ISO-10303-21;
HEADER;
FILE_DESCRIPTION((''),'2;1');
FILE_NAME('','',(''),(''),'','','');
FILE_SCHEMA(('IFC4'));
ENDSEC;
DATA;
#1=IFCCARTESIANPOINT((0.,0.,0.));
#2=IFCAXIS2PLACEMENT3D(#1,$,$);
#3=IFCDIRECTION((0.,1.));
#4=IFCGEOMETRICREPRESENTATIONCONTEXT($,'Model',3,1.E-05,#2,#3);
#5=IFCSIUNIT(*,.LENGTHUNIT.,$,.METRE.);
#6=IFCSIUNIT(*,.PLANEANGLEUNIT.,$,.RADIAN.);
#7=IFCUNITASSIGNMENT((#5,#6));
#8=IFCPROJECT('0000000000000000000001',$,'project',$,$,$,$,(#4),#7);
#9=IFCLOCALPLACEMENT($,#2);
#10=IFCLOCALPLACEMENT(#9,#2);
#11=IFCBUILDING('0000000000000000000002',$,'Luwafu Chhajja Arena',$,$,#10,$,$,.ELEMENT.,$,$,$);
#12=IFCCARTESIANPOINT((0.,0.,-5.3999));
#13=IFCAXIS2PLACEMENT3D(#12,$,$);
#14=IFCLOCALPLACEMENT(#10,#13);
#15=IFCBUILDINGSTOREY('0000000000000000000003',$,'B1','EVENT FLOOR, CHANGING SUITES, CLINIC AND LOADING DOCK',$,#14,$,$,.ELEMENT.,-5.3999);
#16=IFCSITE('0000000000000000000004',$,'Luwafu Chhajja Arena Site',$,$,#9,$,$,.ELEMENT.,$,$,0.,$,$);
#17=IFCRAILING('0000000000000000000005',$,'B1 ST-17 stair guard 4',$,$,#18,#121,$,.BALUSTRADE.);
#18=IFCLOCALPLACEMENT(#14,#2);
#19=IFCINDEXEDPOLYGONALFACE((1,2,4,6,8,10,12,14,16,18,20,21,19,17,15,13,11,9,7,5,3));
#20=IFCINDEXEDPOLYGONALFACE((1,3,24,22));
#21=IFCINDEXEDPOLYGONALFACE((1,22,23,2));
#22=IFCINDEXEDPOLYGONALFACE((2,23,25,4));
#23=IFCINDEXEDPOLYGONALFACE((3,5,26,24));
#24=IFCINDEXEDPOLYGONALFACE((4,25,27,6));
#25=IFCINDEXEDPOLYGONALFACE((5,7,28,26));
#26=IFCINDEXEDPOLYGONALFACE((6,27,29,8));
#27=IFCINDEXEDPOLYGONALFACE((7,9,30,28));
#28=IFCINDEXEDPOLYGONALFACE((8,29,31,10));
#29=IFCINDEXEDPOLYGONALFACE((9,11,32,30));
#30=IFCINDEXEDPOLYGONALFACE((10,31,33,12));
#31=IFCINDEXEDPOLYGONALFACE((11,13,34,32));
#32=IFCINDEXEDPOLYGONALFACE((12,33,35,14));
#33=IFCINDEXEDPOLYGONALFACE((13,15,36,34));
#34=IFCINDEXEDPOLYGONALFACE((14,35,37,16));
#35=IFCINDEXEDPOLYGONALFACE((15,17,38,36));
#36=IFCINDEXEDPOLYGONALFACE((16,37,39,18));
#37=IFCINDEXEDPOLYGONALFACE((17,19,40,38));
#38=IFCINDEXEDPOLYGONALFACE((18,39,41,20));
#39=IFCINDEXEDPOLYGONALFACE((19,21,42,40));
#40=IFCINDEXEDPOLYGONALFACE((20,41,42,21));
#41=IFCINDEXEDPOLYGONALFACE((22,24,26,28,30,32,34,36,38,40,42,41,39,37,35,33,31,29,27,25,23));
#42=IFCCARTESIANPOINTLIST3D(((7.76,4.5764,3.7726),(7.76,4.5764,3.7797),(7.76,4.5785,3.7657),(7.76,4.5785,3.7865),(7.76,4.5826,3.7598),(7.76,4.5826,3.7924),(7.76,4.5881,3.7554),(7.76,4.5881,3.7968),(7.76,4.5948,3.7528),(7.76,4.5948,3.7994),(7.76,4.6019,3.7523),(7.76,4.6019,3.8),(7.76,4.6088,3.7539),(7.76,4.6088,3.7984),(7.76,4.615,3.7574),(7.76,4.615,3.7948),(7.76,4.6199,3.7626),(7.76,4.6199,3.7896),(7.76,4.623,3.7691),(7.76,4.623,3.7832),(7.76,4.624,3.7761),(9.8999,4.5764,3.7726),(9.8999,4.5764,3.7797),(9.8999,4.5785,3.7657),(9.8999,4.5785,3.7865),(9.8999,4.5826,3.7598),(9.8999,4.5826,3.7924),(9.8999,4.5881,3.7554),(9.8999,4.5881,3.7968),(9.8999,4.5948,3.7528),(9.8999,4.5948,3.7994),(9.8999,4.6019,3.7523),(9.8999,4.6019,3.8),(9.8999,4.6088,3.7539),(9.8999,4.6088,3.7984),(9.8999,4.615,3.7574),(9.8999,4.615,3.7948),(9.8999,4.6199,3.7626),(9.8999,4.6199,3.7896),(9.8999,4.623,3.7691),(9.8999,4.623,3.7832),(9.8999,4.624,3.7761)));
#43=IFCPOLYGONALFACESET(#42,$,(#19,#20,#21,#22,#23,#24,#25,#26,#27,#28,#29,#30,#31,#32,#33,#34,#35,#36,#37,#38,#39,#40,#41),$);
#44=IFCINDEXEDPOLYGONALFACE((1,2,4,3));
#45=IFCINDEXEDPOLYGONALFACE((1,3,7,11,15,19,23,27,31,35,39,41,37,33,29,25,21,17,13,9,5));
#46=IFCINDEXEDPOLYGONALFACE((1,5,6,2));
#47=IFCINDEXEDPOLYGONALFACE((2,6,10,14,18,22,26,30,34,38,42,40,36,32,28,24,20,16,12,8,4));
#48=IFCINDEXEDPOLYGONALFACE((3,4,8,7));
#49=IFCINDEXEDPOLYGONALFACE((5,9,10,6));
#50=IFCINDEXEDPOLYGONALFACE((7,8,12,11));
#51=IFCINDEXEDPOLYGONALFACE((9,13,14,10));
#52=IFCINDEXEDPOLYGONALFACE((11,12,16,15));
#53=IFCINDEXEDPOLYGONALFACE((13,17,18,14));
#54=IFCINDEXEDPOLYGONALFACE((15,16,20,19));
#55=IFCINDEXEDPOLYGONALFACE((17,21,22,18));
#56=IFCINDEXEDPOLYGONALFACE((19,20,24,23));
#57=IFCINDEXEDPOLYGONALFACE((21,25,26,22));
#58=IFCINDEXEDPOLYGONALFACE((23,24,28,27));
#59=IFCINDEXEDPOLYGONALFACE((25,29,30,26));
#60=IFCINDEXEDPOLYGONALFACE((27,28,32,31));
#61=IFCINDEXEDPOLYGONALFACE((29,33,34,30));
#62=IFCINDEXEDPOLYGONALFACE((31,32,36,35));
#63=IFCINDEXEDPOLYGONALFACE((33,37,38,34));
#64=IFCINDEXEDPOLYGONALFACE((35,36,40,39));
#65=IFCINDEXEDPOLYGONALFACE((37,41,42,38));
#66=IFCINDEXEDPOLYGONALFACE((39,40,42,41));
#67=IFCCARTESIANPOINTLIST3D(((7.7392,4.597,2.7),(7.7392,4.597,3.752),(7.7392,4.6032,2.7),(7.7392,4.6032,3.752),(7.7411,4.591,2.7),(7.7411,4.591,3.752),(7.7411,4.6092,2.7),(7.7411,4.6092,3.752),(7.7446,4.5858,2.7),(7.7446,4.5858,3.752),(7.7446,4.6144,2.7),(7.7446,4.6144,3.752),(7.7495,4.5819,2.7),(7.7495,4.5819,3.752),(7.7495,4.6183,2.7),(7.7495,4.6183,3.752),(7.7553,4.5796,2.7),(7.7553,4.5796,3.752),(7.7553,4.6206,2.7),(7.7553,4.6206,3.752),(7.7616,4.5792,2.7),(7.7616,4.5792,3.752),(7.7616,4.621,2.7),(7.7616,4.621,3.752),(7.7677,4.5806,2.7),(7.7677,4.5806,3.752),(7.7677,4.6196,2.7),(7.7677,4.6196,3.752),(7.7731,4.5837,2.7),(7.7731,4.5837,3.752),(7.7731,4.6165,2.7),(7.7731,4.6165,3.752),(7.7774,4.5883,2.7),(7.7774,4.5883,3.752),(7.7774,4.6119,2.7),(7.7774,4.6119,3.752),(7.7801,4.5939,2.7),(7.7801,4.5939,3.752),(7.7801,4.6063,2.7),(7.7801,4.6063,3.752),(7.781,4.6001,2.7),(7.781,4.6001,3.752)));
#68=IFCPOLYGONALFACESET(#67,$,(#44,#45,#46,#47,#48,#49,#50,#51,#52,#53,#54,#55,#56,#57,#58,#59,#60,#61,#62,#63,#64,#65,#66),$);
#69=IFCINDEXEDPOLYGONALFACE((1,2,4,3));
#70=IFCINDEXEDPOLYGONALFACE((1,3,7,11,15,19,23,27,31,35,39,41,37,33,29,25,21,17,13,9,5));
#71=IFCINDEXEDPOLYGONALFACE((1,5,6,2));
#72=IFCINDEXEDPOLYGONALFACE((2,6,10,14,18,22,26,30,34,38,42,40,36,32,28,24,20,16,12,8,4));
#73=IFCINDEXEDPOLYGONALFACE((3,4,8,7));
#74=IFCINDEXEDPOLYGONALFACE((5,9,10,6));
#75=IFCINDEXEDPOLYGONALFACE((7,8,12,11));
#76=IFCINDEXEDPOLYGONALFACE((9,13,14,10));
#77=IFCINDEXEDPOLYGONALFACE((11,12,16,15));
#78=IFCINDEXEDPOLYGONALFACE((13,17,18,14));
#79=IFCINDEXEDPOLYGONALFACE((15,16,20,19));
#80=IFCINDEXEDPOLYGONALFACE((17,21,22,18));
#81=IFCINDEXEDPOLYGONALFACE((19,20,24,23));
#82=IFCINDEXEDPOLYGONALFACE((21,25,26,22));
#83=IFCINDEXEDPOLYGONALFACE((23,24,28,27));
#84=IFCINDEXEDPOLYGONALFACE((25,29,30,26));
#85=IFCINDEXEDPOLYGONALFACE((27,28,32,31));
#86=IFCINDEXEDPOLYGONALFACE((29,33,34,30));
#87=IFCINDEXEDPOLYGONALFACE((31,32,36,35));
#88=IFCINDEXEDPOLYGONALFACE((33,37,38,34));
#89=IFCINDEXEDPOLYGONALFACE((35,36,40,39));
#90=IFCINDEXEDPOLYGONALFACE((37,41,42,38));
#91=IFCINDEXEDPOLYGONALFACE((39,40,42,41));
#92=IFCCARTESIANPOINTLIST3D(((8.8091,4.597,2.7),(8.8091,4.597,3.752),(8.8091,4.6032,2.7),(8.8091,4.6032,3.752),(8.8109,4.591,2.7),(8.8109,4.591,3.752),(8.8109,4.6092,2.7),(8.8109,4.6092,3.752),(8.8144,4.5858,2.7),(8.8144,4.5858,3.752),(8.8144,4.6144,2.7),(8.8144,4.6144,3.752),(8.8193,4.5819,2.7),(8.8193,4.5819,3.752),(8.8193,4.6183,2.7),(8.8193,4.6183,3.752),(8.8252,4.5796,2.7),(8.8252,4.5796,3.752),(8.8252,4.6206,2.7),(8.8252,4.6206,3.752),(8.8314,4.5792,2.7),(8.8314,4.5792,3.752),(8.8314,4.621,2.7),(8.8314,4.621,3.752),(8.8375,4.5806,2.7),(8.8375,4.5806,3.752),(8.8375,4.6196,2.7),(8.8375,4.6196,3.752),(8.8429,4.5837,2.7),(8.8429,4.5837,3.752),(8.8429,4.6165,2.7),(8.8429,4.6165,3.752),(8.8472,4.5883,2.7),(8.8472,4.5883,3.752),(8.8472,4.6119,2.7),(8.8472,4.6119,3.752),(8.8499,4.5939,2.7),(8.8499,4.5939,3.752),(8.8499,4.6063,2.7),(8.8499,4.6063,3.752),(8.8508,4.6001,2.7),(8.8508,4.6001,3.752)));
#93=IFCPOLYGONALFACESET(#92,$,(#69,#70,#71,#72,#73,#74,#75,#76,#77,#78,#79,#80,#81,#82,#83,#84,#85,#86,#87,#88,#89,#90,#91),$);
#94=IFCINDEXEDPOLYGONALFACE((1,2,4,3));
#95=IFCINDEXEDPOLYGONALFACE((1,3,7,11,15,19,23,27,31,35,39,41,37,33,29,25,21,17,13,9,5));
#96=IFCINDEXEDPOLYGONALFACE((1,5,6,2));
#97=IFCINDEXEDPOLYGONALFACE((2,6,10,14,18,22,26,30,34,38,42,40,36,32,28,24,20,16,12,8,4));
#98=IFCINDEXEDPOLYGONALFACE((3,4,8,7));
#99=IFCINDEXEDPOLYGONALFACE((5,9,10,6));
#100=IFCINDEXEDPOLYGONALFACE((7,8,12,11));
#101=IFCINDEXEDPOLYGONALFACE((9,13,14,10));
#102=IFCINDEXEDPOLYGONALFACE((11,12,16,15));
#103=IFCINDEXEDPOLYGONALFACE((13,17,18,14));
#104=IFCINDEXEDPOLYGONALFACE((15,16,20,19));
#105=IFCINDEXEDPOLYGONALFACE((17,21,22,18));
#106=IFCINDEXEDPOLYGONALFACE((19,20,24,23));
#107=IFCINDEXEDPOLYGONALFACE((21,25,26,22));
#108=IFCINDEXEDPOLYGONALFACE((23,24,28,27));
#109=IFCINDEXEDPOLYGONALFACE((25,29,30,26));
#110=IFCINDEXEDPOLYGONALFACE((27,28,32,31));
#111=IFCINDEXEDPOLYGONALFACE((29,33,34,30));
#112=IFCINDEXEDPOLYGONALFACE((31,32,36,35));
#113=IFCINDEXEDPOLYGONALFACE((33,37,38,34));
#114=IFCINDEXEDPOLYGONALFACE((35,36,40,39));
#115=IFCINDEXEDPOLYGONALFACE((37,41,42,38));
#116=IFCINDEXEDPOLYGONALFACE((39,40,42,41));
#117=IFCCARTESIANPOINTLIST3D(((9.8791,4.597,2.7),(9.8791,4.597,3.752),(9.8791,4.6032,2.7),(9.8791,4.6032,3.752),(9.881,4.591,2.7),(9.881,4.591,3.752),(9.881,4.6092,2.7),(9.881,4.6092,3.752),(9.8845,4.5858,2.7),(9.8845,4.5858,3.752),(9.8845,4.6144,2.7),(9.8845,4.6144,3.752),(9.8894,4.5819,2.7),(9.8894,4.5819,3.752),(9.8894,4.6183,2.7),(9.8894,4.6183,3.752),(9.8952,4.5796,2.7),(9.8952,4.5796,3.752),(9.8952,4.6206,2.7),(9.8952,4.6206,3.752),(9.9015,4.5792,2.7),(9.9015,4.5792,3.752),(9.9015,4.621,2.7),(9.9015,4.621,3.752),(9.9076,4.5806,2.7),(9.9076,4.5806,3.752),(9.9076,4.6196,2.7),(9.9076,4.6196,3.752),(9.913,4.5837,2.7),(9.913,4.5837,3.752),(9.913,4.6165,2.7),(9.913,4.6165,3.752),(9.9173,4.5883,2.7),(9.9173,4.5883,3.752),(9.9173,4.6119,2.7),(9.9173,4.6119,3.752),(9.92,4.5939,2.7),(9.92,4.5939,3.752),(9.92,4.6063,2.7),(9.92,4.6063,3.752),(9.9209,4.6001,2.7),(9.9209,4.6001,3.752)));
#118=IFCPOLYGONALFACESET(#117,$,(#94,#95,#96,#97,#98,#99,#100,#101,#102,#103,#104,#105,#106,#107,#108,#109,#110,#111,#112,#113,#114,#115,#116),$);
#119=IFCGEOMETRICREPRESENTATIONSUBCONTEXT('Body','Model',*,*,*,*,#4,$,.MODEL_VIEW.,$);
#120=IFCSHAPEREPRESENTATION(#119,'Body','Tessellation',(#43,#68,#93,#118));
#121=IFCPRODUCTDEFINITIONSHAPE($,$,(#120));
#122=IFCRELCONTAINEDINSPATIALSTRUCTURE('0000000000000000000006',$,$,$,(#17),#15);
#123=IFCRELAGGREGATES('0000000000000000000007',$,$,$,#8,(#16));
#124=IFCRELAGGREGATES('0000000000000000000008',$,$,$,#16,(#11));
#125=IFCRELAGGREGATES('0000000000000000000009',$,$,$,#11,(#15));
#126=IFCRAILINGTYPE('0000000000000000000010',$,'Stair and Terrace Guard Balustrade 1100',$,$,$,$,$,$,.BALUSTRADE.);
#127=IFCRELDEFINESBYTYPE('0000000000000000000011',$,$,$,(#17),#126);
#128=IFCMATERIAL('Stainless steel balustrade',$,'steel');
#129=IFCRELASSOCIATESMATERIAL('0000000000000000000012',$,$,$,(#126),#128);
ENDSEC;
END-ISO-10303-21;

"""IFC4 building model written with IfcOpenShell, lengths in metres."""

from ifc_helpers import new_model, si_unit, direction, frame, origin, origin_2d, place, context, subcontext, project, spatial, circle, extrude, material, type_object, element, save


model = new_model("IFC4")

# Units and contexts
model_context = context("Model", 3, precision=1e-05, world=origin(), true_north=direction((0.0, 1.0)))
body_context = subcontext(model_context, "Body", "Model", "MODEL_VIEW")
ifc_project = project(units=[si_unit("LENGTHUNIT", "METRE"), si_unit("PLANEANGLEUNIT", "RADIAN")], contexts=[model_context])

# Site, building, storey
site_placement = place(None, origin())
site = spatial("IfcSite", under=ifc_project, at=site_placement, Name="Luwafu Chhajja Arena Site", CompositionType="ELEMENT", RefElevation=0.0)
building_placement = place(site_placement, origin())
building = spatial("IfcBuilding", under=site, at=building_placement, Name="Luwafu Chhajja Arena", CompositionType="ELEMENT")
storey_placement = place(building_placement, frame((0.0, 0.0, -5.3999)))
storey = spatial("IfcBuildingStorey", under=building, at=storey_placement, Name="B1", Description="EVENT FLOOR, CHANGING SUITES, CLINIC AND LOADING DOCK", CompositionType="ELEMENT", Elevation=-5.3999)

# Railing
ifc_material_1 = material(Name="Stainless steel balustrade", Category="steel")
railing_type_1 = type_object("IfcRailingType", Name="Stair and Terrace Guard Balustrade 1100", PredefinedType="BALUSTRADE", material=ifc_material_1)
for number, where, name in (
    (1, (7.76, 4.6001, 2.7), "B1 ST-17 stair guard 4"),
):
    element("IfcRailing", number, at=place(storey_placement, frame(where)), inside=storey, type_object=railing_type_1, Name=name, PredefinedType="BALUSTRADE", context=body_context, shape_type="SweptSolid", body=[
        extrude(circle(Radius=0.0239, at=origin_2d()), frame((0.0, 0.0, 1.0762), z_axis=(1.0, 0.0, 0.0), x_axis=(0.0, 1.0, 0.0)), (0.0, 0.0, 1.0), 2.1399),
        extrude(circle(Radius=0.021, at=origin_2d()), origin(), (0.0, 0.0, 1.0), 1.052),
        extrude(circle(Radius=0.021, at=origin_2d()), frame((1.0698, 0.0, 0.0)), (0.0, 0.0, 1.0), 1.052),
        extrude(circle(Radius=0.021, at=origin_2d()), frame((2.1399, 0.0, 0.0)), (0.0, 0.0, 1.0), 1.052),
    ])

save(model, "model.ifc")
